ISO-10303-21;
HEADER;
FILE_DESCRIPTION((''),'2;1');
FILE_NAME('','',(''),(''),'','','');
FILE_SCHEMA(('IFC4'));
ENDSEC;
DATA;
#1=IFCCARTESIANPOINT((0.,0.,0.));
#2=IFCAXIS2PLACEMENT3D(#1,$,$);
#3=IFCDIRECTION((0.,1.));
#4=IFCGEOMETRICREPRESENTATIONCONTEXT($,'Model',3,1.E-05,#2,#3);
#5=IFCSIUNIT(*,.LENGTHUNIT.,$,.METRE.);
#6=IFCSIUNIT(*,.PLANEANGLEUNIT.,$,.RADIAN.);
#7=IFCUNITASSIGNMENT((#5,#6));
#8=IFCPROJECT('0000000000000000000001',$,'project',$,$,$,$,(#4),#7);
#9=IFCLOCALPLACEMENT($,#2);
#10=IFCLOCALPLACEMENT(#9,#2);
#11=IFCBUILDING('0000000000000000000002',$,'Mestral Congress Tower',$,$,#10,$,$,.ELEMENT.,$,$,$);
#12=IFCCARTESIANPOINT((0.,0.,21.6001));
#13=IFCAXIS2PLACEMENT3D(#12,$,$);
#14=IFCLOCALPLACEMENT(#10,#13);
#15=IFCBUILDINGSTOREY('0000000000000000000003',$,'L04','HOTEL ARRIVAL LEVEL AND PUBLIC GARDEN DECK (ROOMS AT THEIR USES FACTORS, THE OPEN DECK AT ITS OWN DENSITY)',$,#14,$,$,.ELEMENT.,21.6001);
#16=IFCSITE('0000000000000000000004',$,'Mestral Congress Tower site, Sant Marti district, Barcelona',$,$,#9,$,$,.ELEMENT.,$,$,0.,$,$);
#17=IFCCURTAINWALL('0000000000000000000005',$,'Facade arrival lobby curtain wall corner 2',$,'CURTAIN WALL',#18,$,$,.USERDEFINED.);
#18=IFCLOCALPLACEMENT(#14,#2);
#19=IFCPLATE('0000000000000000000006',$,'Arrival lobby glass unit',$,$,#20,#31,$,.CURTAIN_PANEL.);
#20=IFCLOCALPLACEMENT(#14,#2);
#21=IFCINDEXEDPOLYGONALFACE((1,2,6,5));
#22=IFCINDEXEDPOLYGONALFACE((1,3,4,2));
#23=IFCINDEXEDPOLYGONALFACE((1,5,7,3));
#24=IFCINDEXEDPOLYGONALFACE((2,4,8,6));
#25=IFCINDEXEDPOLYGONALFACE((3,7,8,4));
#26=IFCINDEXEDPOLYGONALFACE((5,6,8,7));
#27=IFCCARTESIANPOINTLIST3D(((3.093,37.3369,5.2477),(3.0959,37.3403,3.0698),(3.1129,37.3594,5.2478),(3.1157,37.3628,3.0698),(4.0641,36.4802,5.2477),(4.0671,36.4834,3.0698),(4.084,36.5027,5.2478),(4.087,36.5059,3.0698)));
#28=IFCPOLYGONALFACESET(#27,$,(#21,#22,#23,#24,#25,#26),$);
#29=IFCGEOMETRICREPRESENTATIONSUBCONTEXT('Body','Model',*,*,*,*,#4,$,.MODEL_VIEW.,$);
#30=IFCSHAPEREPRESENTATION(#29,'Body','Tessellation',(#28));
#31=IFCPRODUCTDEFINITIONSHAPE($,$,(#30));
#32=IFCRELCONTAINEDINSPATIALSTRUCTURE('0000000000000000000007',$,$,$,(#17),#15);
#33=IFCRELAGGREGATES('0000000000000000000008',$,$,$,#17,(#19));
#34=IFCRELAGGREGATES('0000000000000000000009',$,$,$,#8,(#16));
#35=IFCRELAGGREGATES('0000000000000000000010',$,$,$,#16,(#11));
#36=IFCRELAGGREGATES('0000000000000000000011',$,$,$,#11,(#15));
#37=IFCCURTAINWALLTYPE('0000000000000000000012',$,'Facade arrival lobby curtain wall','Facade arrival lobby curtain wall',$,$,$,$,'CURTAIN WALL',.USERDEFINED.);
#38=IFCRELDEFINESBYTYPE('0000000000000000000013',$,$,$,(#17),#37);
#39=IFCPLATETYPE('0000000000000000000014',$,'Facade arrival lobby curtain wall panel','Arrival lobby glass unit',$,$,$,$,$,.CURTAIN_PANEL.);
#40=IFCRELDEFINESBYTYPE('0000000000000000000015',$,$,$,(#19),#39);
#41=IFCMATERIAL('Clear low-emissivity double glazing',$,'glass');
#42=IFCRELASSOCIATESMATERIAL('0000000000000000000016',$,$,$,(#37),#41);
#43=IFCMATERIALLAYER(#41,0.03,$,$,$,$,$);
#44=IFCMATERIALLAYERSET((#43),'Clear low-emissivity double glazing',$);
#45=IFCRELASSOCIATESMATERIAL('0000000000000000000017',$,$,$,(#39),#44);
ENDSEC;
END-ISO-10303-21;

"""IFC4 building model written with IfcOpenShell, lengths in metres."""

from ifc_helpers import new_model, si_unit, direction, frame, origin, place, context, subcontext, project, spatial, polyline, outline, extrude, material, layer, layer_set, type_object, element, aggregate, save


model = new_model("IFC4")

# Units and contexts
model_context = context("Model", 3, precision=1e-05, world=origin(), true_north=direction((0.0, 1.0)))
body_context = subcontext(model_context, "Body", "Model", "MODEL_VIEW")
ifc_project = project(units=[si_unit("LENGTHUNIT", "METRE"), si_unit("PLANEANGLEUNIT", "RADIAN")], contexts=[model_context])

# Site, building, storey
site_placement = place(None, origin())
site = spatial("IfcSite", under=ifc_project, at=site_placement, Name="Mestral Congress Tower site, Sant Marti district, Barcelona", CompositionType="ELEMENT", RefElevation=0.0)
building_placement = place(site_placement, origin())
building = spatial("IfcBuilding", under=site, at=building_placement, Name="Mestral Congress Tower", CompositionType="ELEMENT")
storey_placement = place(building_placement, frame((0.0, 0.0, 21.6001)))
storey = spatial("IfcBuildingStorey", under=building, at=storey_placement, Name="L04", Description="HOTEL ARRIVAL LEVEL AND PUBLIC GARDEN DECK (ROOMS AT THEIR USES FACTORS, THE OPEN DECK AT ITS OWN DENSITY)", CompositionType="ELEMENT", Elevation=21.6001)

# Shared definitions
ifc_material_1 = material(Name="Clear low-emissivity double glazing", Category="glass")
curtain_wall_type = type_object("IfcCurtainWallType", Name="Facade arrival lobby curtain wall", Description="Facade arrival lobby curtain wall", ElementType="CURTAIN WALL", PredefinedType="USERDEFINED", material=ifc_material_1)
placement = place(storey_placement, origin())

# Curtain wall
curtain_wall_1 = element("IfcCurtainWall", 1, at=placement, inside=storey, type_object=curtain_wall_type, Name="Facade arrival lobby curtain wall corner 2", ObjectType="CURTAIN WALL", PredefinedType="USERDEFINED")

# Plate
ifc_layer = layer(ifc_material_1, 0.03)
ifc_layer_set = layer_set([ifc_layer], Name="Clear low-emissivity double glazing")
plate_type = type_object("IfcPlateType", Name="Facade arrival lobby curtain wall panel", Description="Arrival lobby glass unit", PredefinedType="CURTAIN_PANEL", material=ifc_layer_set)
plate_1_placement = place(storey_placement, frame((3.1157, 37.3628, 3.0698), z_axis=(0.661567, 0.749883, 0.002025), x_axis=(0.749885, -0.661569, 0.0)))
plate_1 = element("IfcPlate", 2, at=plate_1_placement, type_object=plate_type, Name="Arrival lobby glass unit", PredefinedType="CURTAIN_PANEL", context=body_context, shape_type="SweptSolid", body=[
    extrude(outline(polyline([(0.0, 0.0), (1.2952, 0.0), (1.2951, -2.178), (0.0001, -2.178), (0.0, 0.0)])), origin(), (0.0, 0.0, -1.0), 0.03),
])
aggregate(curtain_wall_1, [plate_1])

save(model, "model.ifc")
